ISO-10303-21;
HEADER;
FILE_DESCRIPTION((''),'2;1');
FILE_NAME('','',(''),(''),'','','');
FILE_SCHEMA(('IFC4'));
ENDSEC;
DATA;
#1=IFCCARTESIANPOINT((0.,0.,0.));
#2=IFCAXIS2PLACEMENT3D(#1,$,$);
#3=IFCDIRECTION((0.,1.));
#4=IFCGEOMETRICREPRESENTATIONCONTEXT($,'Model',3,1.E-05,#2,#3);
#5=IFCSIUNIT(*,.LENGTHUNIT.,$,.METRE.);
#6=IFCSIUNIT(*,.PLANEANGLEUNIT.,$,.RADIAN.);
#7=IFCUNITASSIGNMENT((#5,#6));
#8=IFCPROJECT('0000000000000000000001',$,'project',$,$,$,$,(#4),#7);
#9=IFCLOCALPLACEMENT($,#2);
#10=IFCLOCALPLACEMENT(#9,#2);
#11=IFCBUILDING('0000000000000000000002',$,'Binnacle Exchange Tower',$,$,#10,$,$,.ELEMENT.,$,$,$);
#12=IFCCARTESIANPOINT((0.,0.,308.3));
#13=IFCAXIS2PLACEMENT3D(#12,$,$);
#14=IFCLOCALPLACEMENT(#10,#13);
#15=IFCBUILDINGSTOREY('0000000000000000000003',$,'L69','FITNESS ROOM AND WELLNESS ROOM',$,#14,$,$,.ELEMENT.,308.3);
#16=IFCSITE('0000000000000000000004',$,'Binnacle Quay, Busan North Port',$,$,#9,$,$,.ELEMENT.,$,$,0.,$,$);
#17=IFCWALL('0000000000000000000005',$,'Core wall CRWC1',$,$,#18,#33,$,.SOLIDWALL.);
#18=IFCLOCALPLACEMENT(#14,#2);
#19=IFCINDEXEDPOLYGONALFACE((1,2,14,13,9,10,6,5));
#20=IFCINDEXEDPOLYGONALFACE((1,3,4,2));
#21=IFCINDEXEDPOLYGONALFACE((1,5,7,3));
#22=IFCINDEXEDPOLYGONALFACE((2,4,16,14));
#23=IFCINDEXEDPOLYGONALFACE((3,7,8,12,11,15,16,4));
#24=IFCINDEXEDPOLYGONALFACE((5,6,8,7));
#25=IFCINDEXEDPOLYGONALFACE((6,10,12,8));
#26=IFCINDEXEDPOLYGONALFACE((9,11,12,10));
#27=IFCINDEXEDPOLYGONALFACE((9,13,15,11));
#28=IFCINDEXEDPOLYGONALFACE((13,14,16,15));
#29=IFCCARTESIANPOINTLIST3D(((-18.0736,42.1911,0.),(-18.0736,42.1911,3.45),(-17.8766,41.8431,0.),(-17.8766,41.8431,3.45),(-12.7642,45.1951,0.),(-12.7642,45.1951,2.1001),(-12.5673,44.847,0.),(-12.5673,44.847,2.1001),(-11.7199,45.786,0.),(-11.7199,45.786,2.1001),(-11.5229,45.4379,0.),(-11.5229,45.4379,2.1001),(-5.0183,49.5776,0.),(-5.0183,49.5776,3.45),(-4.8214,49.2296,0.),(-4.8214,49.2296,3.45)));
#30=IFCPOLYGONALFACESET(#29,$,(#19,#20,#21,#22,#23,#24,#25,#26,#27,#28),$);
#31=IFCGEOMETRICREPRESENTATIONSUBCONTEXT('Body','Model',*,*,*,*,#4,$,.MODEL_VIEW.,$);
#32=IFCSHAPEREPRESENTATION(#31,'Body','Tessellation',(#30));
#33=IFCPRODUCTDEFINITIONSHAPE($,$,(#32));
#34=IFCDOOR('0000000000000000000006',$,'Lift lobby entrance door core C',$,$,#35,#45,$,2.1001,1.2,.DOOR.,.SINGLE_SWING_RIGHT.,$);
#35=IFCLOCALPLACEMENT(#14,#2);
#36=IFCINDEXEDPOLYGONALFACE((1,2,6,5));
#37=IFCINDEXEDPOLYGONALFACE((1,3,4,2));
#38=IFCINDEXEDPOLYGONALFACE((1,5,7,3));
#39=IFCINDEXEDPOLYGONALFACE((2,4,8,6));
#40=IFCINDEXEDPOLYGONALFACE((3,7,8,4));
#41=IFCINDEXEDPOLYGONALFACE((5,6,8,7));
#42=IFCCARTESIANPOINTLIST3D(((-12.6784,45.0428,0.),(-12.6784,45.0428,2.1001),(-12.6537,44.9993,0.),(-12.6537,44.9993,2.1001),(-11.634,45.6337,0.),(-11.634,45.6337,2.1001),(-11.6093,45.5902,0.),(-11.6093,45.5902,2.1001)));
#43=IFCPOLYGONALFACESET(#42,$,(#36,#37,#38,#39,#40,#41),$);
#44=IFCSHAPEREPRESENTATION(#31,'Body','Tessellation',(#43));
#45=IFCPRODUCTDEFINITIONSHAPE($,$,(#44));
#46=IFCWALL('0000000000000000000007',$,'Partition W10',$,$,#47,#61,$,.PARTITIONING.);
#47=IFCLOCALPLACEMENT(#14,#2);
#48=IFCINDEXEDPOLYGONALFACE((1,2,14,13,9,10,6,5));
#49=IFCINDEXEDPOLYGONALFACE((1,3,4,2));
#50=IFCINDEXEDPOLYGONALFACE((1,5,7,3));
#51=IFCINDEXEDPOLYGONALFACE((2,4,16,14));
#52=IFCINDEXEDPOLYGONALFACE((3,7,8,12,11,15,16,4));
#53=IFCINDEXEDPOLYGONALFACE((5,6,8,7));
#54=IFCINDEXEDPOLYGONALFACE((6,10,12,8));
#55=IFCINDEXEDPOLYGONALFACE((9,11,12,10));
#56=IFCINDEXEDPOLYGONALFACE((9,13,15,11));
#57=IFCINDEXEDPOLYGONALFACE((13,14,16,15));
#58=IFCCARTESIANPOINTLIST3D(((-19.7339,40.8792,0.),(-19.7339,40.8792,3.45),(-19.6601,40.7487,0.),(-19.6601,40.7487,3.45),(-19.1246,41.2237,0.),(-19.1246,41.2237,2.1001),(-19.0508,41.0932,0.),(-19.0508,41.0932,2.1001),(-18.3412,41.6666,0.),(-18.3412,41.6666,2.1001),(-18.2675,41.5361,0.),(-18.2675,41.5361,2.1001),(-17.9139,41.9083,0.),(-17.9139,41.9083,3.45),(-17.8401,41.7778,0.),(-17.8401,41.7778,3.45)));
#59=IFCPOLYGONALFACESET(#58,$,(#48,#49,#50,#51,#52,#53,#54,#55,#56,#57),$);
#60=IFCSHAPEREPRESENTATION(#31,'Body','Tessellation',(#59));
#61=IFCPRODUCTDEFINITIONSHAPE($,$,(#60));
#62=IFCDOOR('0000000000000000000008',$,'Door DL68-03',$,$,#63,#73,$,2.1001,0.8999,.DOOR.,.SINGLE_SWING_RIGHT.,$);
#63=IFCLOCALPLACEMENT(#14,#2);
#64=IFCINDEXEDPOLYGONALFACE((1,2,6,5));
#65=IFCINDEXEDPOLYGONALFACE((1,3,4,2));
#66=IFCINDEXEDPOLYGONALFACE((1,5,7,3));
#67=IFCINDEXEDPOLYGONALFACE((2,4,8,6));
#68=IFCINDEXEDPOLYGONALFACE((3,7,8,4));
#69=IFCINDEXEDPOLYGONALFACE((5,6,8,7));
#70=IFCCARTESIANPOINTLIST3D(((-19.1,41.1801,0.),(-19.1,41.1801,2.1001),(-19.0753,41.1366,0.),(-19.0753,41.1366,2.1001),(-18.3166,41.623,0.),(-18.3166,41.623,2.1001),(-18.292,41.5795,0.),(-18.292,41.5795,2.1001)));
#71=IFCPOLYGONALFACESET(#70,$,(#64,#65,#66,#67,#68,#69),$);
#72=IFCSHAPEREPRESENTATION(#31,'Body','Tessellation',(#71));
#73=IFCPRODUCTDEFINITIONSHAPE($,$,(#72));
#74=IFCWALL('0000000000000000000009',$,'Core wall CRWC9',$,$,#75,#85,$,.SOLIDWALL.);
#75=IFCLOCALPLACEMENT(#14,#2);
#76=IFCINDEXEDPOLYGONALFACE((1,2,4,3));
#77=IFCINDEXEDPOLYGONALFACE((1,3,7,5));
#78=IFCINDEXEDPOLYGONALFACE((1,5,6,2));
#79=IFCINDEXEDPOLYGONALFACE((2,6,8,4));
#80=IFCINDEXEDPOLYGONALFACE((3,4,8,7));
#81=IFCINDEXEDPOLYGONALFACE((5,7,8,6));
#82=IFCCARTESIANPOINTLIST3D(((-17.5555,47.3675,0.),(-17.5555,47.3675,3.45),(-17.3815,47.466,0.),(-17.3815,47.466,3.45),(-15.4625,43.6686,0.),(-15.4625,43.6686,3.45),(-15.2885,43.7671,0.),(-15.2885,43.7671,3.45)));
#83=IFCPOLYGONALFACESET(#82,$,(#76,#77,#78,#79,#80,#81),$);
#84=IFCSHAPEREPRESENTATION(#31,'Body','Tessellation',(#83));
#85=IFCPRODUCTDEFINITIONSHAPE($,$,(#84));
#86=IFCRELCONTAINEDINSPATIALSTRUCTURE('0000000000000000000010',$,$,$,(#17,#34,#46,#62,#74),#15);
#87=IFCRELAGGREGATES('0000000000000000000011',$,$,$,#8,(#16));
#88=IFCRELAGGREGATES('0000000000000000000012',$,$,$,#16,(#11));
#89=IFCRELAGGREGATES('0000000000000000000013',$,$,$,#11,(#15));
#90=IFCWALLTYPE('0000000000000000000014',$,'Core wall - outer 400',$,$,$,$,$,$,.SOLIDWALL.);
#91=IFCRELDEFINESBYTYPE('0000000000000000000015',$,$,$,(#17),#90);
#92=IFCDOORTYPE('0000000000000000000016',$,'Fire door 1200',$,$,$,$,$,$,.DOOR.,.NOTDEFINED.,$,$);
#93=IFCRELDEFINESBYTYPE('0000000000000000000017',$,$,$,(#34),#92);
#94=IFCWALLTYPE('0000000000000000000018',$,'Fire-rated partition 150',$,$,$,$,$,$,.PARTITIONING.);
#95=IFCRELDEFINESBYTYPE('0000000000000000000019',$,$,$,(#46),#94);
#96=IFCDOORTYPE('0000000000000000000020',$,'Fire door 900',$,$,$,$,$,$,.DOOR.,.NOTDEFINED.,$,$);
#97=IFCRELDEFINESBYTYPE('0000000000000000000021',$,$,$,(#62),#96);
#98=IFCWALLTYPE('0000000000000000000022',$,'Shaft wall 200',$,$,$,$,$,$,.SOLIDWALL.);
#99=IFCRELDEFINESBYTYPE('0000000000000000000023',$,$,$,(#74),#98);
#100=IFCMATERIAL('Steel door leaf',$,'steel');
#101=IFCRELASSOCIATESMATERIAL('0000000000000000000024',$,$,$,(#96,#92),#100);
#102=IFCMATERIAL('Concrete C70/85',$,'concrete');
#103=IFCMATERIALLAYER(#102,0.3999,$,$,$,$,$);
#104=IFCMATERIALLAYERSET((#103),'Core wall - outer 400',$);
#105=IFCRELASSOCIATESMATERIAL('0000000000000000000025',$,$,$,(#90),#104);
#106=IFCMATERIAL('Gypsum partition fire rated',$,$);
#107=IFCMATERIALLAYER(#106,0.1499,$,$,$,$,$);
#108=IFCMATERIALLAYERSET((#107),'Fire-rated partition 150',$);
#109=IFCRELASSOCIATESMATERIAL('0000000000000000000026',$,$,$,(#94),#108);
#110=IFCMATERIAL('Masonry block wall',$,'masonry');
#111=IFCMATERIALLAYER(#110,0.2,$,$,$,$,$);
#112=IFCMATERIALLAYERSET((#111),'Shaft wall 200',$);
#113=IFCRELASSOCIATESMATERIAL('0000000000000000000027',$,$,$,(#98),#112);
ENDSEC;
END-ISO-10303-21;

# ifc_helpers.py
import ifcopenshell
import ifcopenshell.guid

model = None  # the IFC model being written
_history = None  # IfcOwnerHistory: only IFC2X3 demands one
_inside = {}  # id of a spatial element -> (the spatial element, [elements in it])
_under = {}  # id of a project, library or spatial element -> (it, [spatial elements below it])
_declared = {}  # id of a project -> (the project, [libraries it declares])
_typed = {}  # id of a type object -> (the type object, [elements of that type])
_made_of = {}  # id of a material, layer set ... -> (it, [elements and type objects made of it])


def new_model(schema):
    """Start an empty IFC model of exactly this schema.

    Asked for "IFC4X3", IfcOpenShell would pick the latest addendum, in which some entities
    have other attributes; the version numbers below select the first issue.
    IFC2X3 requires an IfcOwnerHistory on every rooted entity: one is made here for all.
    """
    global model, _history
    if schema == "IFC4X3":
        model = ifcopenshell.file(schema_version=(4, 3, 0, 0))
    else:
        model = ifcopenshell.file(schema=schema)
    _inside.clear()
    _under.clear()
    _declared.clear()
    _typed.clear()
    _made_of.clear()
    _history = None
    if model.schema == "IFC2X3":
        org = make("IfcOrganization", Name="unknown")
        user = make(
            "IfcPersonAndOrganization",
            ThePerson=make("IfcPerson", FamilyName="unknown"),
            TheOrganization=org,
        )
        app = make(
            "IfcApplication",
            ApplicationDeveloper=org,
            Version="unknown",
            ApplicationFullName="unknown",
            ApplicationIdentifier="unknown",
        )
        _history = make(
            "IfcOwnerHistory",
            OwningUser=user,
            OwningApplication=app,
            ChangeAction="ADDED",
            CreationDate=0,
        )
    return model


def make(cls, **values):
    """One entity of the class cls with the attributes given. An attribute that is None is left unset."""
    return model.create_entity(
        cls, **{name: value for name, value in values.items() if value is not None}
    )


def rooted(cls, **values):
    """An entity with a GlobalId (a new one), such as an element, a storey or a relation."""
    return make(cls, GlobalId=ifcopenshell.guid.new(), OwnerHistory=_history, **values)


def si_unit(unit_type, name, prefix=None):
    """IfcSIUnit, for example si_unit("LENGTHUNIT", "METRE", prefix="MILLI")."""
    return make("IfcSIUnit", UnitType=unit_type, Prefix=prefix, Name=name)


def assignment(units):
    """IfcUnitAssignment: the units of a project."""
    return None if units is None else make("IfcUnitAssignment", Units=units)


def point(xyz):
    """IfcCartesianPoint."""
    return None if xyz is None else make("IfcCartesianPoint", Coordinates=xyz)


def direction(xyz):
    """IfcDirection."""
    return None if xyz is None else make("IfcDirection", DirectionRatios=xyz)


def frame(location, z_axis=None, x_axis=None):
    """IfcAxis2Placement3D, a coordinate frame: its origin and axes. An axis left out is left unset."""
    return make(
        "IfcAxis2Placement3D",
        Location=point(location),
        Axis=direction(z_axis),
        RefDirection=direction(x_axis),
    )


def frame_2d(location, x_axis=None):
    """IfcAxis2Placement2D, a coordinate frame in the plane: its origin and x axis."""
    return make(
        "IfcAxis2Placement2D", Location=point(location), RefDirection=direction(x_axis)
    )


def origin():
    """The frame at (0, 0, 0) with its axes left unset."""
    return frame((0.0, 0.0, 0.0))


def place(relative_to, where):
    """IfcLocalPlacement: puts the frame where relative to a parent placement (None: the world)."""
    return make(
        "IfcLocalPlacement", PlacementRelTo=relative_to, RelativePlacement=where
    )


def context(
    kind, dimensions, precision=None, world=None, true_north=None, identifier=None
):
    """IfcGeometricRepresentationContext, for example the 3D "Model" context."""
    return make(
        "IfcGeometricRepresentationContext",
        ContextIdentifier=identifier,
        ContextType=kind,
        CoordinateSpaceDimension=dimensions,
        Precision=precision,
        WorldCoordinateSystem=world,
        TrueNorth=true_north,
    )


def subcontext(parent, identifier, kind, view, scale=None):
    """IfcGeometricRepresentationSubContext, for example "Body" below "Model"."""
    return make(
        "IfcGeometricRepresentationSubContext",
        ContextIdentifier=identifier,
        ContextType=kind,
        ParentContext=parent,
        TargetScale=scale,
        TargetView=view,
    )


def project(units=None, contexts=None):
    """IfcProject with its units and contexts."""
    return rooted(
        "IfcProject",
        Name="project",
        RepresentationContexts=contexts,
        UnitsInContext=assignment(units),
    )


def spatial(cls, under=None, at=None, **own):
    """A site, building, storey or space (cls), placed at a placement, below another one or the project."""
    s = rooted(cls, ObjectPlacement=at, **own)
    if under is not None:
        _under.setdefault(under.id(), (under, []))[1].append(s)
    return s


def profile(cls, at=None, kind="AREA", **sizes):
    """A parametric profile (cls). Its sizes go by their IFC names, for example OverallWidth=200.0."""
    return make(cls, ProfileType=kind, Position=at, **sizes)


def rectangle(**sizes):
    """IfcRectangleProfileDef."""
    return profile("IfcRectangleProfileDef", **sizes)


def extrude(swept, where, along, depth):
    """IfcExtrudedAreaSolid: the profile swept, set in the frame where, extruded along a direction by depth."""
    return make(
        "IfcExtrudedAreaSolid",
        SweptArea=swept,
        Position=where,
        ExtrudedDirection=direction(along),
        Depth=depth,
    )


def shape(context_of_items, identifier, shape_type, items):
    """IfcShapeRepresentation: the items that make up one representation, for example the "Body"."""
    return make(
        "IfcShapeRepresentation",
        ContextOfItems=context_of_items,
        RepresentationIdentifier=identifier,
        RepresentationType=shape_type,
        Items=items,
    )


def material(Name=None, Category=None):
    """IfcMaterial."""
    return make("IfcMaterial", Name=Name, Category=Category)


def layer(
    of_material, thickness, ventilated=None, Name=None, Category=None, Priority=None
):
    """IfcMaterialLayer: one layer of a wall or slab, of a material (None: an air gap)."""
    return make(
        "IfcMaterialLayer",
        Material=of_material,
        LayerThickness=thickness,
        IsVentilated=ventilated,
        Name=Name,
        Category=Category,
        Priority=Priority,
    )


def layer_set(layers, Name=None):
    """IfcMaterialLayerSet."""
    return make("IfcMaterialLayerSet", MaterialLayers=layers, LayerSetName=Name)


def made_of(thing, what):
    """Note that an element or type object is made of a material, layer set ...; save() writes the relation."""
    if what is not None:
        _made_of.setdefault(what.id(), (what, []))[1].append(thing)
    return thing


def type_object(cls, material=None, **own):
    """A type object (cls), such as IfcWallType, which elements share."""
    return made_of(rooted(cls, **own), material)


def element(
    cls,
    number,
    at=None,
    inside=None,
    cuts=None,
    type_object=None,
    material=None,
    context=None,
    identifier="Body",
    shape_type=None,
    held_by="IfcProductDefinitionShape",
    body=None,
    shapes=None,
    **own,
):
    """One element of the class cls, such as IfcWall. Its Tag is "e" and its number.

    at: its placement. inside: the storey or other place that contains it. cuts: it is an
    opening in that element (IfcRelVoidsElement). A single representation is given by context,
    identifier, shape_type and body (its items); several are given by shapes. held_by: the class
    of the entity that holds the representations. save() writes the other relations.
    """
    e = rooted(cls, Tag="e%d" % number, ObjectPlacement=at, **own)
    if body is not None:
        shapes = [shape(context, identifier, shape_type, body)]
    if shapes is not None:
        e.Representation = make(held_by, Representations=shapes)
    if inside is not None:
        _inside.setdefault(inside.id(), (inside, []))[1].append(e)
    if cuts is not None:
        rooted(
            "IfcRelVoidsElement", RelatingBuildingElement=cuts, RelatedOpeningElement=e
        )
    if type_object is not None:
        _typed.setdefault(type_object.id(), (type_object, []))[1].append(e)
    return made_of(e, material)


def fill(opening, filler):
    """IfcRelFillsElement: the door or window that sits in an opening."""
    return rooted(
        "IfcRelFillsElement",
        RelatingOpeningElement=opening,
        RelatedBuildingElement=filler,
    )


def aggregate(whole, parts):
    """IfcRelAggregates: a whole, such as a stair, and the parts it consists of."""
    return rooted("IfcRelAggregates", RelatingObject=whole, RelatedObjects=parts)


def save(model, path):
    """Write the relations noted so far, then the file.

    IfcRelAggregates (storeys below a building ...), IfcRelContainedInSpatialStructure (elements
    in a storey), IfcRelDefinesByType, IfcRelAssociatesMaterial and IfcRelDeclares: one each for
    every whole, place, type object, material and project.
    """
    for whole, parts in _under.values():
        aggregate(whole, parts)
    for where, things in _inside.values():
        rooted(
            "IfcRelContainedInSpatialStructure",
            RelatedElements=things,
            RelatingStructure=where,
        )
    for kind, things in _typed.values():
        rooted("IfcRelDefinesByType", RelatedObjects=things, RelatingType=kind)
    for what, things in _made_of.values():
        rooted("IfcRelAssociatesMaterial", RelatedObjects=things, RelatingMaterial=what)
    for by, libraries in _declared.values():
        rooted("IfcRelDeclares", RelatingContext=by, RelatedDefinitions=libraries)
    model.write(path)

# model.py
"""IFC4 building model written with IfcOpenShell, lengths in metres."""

from ifc_helpers import new_model, si_unit, direction, frame, frame_2d, origin, place, context, subcontext, project, spatial, rectangle, extrude, material, layer, layer_set, type_object, element, fill, save


model = new_model("IFC4")

# Units and contexts
model_context = context("Model", 3, precision=1e-05, world=origin(), true_north=direction((0.0, 1.0)))
body_context = subcontext(model_context, "Body", "Model", "MODEL_VIEW")
ifc_project = project(units=[si_unit("LENGTHUNIT", "METRE"), si_unit("PLANEANGLEUNIT", "RADIAN")], contexts=[model_context])

# Site, building, storey
site_placement = place(None, origin())
site = spatial("IfcSite", under=ifc_project, at=site_placement, Name="Binnacle Quay, Busan North Port", CompositionType="ELEMENT", RefElevation=0.0)
building_placement = place(site_placement, origin())
building = spatial("IfcBuilding", under=site, at=building_placement, Name="Binnacle Exchange Tower", CompositionType="ELEMENT")
storey_placement = place(building_placement, frame((0.0, 0.0, 308.3)))
storey = spatial("IfcBuildingStorey", under=building, at=storey_placement, Name="L69", Description="FITNESS ROOM AND WELLNESS ROOM", CompositionType="ELEMENT", Elevation=308.3)

# Shared definitions
ifc_material_1 = material(Name="Concrete C70/85", Category="concrete")
ifc_material_2 = material(Name="Steel door leaf", Category="steel")

# Shared definitions
door_type_1 = type_object("IfcDoorType", Name="Fire door 900", OperationType="NOTDEFINED", PredefinedType="DOOR", material=ifc_material_2)

# Walls, openings, doors
ifc_layer_1 = layer(ifc_material_1, 0.3999)
ifc_layer_set_1 = layer_set([ifc_layer_1], Name="Core wall - outer 400")
wall_type_1 = type_object("IfcWallType", Name="Core wall - outer 400", PredefinedType="SOLIDWALL", material=ifc_layer_set_1)
wall_1_placement = place(storey_placement, frame((-17.9751, 42.0171, 0.0), z_axis=(0.0, 0.0, 1.0), x_axis=(0.87035, 0.492434, 0.0)))
wall_1 = element("IfcWall", 1, at=wall_1_placement, inside=storey, type_object=wall_type_1, Name="Core wall CRWC1", PredefinedType="SOLIDWALL", context=body_context, shape_type="SweptSolid", body=[
    extrude(rectangle(XDim=15.0, YDim=0.3999, at=frame_2d((7.5, 0.0))), origin(), (0.0, 0.0, 1.0), 3.45),
])
opening_1_placement = place(wall_1_placement, frame((6.1001, 0.0, 0.0)))
opening_1 = element("IfcOpeningElement", 2, at=opening_1_placement, cuts=wall_1, PredefinedType="OPENING", context=body_context, shape_type="SweptSolid", body=[
    extrude(rectangle(XDim=1.2, YDim=2.1001, at=frame_2d((0.6001, 1.05))), frame((0.0, 0.21, 0.0), z_axis=(0.0, -1.0, 0.0), x_axis=(1.0, 0.0, 0.0)), (0.0, 0.0, 1.0), 0.4199),
])
door_type_2 = type_object("IfcDoorType", Name="Fire door 1200", OperationType="NOTDEFINED", PredefinedType="DOOR", material=ifc_material_2)
door_1_placement = place(opening_1_placement, frame((1.2, 0.0, 0.0), z_axis=(0.0, 0.0, 1.0), x_axis=(-1.0, 0.0, 0.0)))
door_1 = element("IfcDoor", 3, at=door_1_placement, inside=storey, type_object=door_type_2, Name="Lift lobby entrance door core C", OperationType="SINGLE_SWING_RIGHT", OverallHeight=2.1001, OverallWidth=1.2, PredefinedType="DOOR", context=body_context, shape_type="SweptSolid", body=[
    extrude(rectangle(XDim=1.2, YDim=2.1001, at=frame_2d((0.6001, 1.05))), frame((0.0, 0.0249, 0.0), z_axis=(0.0, -1.0, 0.0), x_axis=(1.0, 0.0, 0.0)), (0.0, 0.0, 1.0), 0.05),
])
fill(opening_1, door_1)
ifc_material_3 = material(Name="Gypsum partition fire rated")
ifc_layer_2 = layer(ifc_material_3, 0.1499)
ifc_layer_set_2 = layer_set([ifc_layer_2], Name="Fire-rated partition 150")
wall_type_2 = type_object("IfcWallType", Name="Fire-rated partition 150", PredefinedType="PARTITIONING", material=ifc_layer_set_2)
wall_2_placement = place(storey_placement, frame((-19.697, 40.814, 0.0), z_axis=(0.0, 0.0, 1.0), x_axis=(0.870498, 0.492173, 0.0)))
wall_2 = element("IfcWall", 4, at=wall_2_placement, inside=storey, type_object=wall_type_2, Name="Partition W10", PredefinedType="PARTITIONING", context=body_context, shape_type="SweptSolid", body=[
    extrude(rectangle(XDim=2.0908, YDim=0.1499, at=frame_2d((1.0454, 0.0))), origin(), (0.0, 0.0, 1.0), 3.45),
])
opening_2_placement = place(wall_2_placement, frame((0.7, 0.0, 0.0)))
opening_2 = element("IfcOpeningElement", 5, at=opening_2_placement, cuts=wall_2, PredefinedType="OPENING", context=body_context, shape_type="SweptSolid", body=[
    extrude(rectangle(XDim=0.8999, YDim=2.1001, at=frame_2d((0.45, 1.05))), frame((0.0, 0.085, 0.0), z_axis=(0.0, -1.0, 0.0), x_axis=(1.0, 0.0, 0.0)), (0.0, 0.0, 1.0), 0.1699),
])
door_2_placement = place(opening_2_placement, origin())
door_2 = element("IfcDoor", 6, at=door_2_placement, inside=storey, type_object=door_type_1, Name="Door DL68-03", OperationType="SINGLE_SWING_RIGHT", OverallHeight=2.1001, OverallWidth=0.8999, PredefinedType="DOOR", context=body_context, shape_type="SweptSolid", body=[
    extrude(rectangle(XDim=0.8999, YDim=2.1001, at=frame_2d((0.45, 1.05))), frame((0.0, 0.0249, 0.0), z_axis=(0.0, -1.0, 0.0), x_axis=(1.0, 0.0, 0.0)), (0.0, 0.0, 1.0), 0.05),
])
fill(opening_2, door_2)

# Wall
ifc_material_4 = material(Name="Masonry block wall", Category="masonry")
ifc_layer_3 = layer(ifc_material_4, 0.2)
ifc_layer_set_3 = layer_set([ifc_layer_3], Name="Shaft wall 200")
wall_type_3 = type_object("IfcWallType", Name="Shaft wall 200", PredefinedType="SOLIDWALL", material=ifc_layer_set_3)
wall_3_placement = place(storey_placement, frame((-17.4685, 47.4167, 0.0), z_axis=(0.0, 0.0, 1.0), x_axis=(0.492466, -0.870332, 0.0)))
element("IfcWall", 7, at=wall_3_placement, inside=storey, type_object=wall_type_3, Name="Core wall CRWC9", PredefinedType="SOLIDWALL", context=body_context, shape_type="SweptSolid", body=[
    extrude(rectangle(XDim=4.25, YDim=0.2, at=frame_2d((2.125, 0.0))), origin(), (0.0, 0.0, 1.0), 3.45),
])

save(model, "model.ifc")
